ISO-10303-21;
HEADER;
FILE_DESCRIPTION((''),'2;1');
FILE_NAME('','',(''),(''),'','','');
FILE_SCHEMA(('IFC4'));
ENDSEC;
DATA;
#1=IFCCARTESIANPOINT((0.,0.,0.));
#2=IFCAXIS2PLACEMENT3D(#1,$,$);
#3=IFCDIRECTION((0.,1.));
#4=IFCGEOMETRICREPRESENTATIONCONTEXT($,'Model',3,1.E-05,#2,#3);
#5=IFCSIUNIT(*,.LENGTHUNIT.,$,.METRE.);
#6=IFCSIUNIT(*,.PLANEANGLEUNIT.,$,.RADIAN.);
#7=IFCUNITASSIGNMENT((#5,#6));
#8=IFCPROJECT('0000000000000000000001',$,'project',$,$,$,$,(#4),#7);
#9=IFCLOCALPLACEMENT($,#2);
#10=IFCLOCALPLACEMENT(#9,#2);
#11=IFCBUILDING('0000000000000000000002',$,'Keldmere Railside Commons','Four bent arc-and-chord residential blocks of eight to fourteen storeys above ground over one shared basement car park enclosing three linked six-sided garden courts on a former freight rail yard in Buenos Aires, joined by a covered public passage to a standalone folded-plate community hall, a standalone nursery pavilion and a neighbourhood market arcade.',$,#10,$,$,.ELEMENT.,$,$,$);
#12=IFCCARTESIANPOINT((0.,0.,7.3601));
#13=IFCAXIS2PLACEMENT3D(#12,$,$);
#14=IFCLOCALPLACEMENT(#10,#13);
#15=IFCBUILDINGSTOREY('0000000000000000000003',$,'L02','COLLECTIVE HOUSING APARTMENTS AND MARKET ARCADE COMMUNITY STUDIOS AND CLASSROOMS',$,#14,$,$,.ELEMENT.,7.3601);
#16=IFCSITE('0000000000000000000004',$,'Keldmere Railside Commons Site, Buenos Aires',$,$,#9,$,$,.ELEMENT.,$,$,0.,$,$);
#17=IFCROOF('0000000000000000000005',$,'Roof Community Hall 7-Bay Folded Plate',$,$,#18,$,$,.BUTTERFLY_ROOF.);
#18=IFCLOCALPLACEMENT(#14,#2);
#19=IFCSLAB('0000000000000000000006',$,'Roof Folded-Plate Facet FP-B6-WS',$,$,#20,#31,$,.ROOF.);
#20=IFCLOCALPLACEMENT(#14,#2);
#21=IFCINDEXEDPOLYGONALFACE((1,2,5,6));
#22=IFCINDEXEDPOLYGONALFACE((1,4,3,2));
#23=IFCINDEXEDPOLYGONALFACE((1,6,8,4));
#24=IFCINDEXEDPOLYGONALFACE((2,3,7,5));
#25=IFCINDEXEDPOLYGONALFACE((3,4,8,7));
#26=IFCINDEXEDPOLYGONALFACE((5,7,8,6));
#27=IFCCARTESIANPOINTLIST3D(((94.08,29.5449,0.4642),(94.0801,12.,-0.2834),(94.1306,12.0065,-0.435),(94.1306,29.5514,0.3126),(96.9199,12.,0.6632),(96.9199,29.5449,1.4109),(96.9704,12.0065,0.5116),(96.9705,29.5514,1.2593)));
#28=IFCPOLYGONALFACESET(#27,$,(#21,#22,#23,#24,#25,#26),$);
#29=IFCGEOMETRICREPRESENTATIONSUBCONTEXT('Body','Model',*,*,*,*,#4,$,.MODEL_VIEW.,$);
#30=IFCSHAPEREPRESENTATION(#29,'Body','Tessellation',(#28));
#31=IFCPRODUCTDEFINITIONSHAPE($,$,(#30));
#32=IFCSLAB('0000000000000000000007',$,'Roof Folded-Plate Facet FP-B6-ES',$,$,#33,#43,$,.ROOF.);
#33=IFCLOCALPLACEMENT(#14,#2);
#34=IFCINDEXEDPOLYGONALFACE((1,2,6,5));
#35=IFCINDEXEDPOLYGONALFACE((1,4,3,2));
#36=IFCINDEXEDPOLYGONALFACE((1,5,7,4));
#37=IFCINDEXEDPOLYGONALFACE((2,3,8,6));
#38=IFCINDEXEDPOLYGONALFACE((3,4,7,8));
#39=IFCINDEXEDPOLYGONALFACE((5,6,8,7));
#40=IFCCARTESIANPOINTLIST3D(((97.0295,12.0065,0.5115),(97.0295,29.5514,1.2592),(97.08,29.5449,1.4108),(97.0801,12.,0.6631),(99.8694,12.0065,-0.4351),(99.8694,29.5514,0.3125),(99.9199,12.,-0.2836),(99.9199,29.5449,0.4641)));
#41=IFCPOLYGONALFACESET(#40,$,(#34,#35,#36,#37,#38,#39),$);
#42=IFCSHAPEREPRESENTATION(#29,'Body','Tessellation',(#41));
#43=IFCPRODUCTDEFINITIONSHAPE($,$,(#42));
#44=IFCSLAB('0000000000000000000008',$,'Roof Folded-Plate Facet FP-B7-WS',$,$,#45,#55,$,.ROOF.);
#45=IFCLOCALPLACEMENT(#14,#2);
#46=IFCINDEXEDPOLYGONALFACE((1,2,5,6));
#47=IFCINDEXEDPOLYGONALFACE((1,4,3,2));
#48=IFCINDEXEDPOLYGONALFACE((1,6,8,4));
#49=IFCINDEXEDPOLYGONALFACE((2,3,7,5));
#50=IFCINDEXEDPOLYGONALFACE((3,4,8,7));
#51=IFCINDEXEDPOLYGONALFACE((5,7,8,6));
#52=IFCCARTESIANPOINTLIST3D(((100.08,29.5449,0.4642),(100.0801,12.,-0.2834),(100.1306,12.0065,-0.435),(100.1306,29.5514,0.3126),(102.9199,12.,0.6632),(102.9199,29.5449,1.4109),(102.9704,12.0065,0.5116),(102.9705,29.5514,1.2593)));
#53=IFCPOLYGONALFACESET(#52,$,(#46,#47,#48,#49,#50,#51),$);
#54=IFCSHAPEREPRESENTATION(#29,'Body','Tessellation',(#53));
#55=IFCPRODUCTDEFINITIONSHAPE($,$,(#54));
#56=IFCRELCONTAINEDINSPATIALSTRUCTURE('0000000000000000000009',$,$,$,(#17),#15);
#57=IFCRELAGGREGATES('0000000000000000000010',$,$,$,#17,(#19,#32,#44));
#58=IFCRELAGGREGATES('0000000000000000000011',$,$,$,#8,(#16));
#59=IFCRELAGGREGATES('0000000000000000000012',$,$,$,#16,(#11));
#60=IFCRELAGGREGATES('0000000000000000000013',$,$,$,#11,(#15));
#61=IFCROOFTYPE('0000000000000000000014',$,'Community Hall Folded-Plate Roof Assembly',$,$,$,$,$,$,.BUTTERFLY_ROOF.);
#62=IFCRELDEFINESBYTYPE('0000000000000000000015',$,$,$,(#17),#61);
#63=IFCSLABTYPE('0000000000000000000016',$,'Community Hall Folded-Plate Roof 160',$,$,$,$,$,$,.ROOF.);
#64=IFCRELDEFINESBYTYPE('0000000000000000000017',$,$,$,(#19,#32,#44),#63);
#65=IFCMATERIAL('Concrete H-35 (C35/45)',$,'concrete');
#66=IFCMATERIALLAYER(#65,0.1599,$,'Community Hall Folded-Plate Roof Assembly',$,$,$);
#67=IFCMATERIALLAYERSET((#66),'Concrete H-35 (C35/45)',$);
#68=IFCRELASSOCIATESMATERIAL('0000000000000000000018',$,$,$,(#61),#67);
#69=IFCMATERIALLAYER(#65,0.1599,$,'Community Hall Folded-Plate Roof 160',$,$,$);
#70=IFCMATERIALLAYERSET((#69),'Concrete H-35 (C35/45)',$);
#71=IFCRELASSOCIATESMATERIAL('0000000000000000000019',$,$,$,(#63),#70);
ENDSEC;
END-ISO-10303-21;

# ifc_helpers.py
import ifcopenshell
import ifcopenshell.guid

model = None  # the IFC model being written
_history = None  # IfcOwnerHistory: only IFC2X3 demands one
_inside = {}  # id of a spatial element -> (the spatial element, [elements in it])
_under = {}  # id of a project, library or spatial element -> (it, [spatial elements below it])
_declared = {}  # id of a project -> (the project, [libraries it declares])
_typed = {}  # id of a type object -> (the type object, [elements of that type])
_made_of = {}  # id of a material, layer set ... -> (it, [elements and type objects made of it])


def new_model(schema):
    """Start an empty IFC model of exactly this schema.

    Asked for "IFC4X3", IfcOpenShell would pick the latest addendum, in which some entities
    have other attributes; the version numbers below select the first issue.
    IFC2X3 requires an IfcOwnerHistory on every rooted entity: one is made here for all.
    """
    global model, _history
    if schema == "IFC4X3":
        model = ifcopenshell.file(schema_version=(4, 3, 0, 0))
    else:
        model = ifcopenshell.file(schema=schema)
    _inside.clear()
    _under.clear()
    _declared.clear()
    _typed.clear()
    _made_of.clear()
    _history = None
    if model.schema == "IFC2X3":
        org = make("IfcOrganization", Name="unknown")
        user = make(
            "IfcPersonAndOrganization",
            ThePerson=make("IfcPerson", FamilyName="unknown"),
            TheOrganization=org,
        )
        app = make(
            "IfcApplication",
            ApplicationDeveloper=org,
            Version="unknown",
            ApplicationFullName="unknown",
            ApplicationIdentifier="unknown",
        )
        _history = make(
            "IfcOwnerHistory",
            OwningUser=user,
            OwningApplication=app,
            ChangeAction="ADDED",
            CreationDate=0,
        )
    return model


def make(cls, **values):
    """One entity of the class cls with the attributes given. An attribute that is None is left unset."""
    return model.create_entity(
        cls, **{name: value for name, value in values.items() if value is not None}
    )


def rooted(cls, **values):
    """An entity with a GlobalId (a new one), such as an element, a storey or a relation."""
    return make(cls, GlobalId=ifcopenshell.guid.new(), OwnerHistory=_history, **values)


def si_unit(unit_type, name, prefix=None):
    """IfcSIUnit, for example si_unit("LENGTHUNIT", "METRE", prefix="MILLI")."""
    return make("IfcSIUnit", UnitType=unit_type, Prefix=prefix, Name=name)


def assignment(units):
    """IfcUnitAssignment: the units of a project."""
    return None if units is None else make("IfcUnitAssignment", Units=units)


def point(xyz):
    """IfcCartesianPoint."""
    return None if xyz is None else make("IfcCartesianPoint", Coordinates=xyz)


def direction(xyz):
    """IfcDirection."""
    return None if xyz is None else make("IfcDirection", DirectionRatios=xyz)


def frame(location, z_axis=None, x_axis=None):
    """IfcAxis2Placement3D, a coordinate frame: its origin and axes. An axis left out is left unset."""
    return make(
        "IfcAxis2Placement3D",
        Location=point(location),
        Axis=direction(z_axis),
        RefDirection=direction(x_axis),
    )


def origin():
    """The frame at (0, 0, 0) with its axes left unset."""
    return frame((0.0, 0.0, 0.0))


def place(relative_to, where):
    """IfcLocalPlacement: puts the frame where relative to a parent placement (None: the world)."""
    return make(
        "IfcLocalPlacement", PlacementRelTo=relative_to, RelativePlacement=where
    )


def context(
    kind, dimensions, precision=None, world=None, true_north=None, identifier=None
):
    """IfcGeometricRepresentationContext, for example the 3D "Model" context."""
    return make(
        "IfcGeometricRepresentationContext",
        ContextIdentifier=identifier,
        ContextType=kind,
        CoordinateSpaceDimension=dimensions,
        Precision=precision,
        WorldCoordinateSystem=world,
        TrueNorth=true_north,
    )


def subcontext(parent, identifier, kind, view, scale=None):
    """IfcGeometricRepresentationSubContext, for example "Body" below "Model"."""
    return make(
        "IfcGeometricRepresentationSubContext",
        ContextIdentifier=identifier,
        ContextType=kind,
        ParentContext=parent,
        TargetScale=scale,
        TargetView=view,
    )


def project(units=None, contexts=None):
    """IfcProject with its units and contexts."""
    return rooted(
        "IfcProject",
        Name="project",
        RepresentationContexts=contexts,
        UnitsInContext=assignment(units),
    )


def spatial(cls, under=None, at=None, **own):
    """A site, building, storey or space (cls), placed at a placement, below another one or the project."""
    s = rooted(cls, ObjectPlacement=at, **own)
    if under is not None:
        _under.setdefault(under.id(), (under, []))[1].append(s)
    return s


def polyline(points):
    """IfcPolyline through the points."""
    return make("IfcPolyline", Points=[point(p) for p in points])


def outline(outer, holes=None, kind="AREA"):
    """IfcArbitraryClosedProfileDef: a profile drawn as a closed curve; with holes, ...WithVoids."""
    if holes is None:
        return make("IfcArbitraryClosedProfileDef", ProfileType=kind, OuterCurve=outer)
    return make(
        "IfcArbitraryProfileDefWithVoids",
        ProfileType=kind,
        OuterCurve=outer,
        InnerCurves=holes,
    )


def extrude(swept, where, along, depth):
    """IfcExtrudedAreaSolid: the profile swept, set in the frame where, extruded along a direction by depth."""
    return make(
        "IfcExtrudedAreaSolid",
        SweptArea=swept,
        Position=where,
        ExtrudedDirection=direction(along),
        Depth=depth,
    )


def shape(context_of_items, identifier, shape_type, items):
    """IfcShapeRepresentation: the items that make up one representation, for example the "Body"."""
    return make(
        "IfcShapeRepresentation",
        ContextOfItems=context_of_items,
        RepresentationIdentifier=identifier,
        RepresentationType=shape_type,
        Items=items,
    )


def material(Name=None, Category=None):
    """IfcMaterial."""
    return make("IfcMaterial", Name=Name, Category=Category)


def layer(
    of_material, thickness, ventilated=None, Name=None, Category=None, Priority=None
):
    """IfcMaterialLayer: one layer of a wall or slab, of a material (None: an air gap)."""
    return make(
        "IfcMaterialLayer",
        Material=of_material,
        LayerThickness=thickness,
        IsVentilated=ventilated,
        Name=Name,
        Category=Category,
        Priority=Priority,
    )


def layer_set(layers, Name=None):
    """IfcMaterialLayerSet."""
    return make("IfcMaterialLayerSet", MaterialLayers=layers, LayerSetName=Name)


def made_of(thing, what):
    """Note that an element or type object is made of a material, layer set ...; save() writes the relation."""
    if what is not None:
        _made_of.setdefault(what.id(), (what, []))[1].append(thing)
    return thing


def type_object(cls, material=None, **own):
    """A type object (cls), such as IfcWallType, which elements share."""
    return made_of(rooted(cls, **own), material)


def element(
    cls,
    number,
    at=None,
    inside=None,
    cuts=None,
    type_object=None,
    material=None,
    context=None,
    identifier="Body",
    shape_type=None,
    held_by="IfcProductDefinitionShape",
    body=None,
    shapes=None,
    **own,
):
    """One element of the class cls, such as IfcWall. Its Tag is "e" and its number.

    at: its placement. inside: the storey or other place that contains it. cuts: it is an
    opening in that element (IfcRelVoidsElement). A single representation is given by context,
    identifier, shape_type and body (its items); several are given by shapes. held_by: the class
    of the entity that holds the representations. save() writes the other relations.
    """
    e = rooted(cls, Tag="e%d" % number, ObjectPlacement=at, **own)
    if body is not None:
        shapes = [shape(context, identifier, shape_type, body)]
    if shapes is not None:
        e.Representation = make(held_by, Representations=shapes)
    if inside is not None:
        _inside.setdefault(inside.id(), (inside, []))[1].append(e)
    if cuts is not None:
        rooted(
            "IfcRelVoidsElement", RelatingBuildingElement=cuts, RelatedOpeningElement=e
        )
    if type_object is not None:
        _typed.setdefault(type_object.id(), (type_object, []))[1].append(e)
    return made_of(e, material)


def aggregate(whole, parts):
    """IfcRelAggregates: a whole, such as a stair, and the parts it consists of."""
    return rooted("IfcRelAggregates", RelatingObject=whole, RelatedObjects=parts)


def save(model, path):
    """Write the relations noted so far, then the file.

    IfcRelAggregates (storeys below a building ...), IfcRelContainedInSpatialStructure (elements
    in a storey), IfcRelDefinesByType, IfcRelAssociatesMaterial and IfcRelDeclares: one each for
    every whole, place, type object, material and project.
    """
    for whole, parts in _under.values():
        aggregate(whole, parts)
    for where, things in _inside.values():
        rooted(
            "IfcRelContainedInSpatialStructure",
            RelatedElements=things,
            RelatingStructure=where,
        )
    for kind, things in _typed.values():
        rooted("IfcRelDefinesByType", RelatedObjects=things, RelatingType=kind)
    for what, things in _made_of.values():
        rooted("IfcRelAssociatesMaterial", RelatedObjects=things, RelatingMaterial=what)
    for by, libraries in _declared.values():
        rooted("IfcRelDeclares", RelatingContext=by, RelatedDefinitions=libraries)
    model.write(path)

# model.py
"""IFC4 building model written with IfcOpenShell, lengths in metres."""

from ifc_helpers import new_model, si_unit, direction, frame, origin, place, context, subcontext, project, spatial, polyline, outline, extrude, material, layer, layer_set, type_object, element, aggregate, save


model = new_model("IFC4")

# Units and contexts
model_context = context("Model", 3, precision=1e-05, world=origin(), true_north=direction((0.0, 1.0)))
body_context = subcontext(model_context, "Body", "Model", "MODEL_VIEW")
ifc_project = project(units=[si_unit("LENGTHUNIT", "METRE"), si_unit("PLANEANGLEUNIT", "RADIAN")], contexts=[model_context])

# Site, building, storey
site_placement = place(None, origin())
site = spatial("IfcSite", under=ifc_project, at=site_placement, Name="Keldmere Railside Commons Site, Buenos Aires", CompositionType="ELEMENT", RefElevation=0.0)
building_placement = place(site_placement, origin())
building = spatial("IfcBuilding", under=site, at=building_placement, Name="Keldmere Railside Commons", Description="Four bent arc-and-chord residential blocks of eight to fourteen storeys above ground over one shared basement car park enclosing three linked six-sided garden courts on a former freight rail yard in Buenos Aires, joined by a covered public passage to a standalone folded-plate community hall, a standalone nursery pavilion and a neighbourhood market arcade.", CompositionType="ELEMENT")
storey_placement = place(building_placement, frame((0.0, 0.0, 7.3601)))
storey = spatial("IfcBuildingStorey", under=building, at=storey_placement, Name="L02", Description="COLLECTIVE HOUSING APARTMENTS AND MARKET ARCADE COMMUNITY STUDIOS AND CLASSROOMS", CompositionType="ELEMENT", Elevation=7.3601)

# Roof, slabs
ifc_material = material(Name="Concrete H-35 (C35/45)", Category="concrete")
ifc_layer_1 = layer(ifc_material, 0.1599, Name="Community Hall Folded-Plate Roof Assembly")
ifc_layer_set_1 = layer_set([ifc_layer_1], Name="Concrete H-35 (C35/45)")
roof_type = type_object("IfcRoofType", Name="Community Hall Folded-Plate Roof Assembly", PredefinedType="BUTTERFLY_ROOF", material=ifc_layer_set_1)
roof_placement = place(storey_placement, origin())
roof = element("IfcRoof", 1, at=roof_placement, inside=storey, type_object=roof_type, Name="Roof Community Hall 7-Bay Folded Plate", PredefinedType="BUTTERFLY_ROOF")
ifc_layer_2 = layer(ifc_material, 0.1599, Name="Community Hall Folded-Plate Roof 160")
ifc_layer_set_2 = layer_set([ifc_layer_2], Name="Concrete H-35 (C35/45)")
slab_type = type_object("IfcSlabType", Name="Community Hall Folded-Plate Roof 160", PredefinedType="ROOF", material=ifc_layer_set_2)
slab_1_placement = place(storey_placement, frame((94.0801, 12.0, -0.2834), z_axis=(-0.315982, -0.040395, 0.947905), x_axis=(0.948679, -0.000002, 0.31624)))
slab_1 = element("IfcSlab", 2, at=slab_1_placement, type_object=slab_type, Name="Roof Folded-Plate Facet FP-B6-WS", PredefinedType="ROOF", context=body_context, shape_type="SweptSolid", body=[
    extrude(outline(polyline([(0.0, 0.0), (2.9934, 0.0), (3.2299, 17.5593), (0.2364, 17.5592), (0.0, 0.0)])), origin(), (0.0, 0.0, -1.0), 0.1599),
])
slab_2_placement = place(storey_placement, frame((97.0801, 12.0, 0.6631), z_axis=(0.315982, -0.040395, 0.947905), x_axis=(0.948679, 0.000002, -0.31624)))
slab_2 = element("IfcSlab", 3, at=slab_2_placement, type_object=slab_type, Name="Roof Folded-Plate Facet FP-B6-ES", PredefinedType="ROOF", context=body_context, shape_type="SweptSolid", body=[
    extrude(outline(polyline([(0.0, 0.0), (2.9934, 0.0), (2.7571, 17.5592), (-0.2365, 17.5593), (0.0, 0.0)])), origin(), (0.0, 0.0, -1.0), 0.1599),
])
slab_3_placement = place(storey_placement, frame((100.0801, 12.0, -0.2834), z_axis=(-0.315982, -0.040395, 0.947905), x_axis=(0.948679, -0.000002, 0.31624)))
slab_3 = element("IfcSlab", 4, at=slab_3_placement, type_object=slab_type, Name="Roof Folded-Plate Facet FP-B7-WS", PredefinedType="ROOF", context=body_context, shape_type="SweptSolid", body=[
    extrude(outline(polyline([(0.0, 0.0), (2.9934, 0.0), (3.2299, 17.5593), (0.2364, 17.5592), (0.0, 0.0)])), origin(), (0.0, 0.0, -1.0), 0.1599),
])
aggregate(roof, [slab_1, slab_2, slab_3])

save(model, "model.ifc")
